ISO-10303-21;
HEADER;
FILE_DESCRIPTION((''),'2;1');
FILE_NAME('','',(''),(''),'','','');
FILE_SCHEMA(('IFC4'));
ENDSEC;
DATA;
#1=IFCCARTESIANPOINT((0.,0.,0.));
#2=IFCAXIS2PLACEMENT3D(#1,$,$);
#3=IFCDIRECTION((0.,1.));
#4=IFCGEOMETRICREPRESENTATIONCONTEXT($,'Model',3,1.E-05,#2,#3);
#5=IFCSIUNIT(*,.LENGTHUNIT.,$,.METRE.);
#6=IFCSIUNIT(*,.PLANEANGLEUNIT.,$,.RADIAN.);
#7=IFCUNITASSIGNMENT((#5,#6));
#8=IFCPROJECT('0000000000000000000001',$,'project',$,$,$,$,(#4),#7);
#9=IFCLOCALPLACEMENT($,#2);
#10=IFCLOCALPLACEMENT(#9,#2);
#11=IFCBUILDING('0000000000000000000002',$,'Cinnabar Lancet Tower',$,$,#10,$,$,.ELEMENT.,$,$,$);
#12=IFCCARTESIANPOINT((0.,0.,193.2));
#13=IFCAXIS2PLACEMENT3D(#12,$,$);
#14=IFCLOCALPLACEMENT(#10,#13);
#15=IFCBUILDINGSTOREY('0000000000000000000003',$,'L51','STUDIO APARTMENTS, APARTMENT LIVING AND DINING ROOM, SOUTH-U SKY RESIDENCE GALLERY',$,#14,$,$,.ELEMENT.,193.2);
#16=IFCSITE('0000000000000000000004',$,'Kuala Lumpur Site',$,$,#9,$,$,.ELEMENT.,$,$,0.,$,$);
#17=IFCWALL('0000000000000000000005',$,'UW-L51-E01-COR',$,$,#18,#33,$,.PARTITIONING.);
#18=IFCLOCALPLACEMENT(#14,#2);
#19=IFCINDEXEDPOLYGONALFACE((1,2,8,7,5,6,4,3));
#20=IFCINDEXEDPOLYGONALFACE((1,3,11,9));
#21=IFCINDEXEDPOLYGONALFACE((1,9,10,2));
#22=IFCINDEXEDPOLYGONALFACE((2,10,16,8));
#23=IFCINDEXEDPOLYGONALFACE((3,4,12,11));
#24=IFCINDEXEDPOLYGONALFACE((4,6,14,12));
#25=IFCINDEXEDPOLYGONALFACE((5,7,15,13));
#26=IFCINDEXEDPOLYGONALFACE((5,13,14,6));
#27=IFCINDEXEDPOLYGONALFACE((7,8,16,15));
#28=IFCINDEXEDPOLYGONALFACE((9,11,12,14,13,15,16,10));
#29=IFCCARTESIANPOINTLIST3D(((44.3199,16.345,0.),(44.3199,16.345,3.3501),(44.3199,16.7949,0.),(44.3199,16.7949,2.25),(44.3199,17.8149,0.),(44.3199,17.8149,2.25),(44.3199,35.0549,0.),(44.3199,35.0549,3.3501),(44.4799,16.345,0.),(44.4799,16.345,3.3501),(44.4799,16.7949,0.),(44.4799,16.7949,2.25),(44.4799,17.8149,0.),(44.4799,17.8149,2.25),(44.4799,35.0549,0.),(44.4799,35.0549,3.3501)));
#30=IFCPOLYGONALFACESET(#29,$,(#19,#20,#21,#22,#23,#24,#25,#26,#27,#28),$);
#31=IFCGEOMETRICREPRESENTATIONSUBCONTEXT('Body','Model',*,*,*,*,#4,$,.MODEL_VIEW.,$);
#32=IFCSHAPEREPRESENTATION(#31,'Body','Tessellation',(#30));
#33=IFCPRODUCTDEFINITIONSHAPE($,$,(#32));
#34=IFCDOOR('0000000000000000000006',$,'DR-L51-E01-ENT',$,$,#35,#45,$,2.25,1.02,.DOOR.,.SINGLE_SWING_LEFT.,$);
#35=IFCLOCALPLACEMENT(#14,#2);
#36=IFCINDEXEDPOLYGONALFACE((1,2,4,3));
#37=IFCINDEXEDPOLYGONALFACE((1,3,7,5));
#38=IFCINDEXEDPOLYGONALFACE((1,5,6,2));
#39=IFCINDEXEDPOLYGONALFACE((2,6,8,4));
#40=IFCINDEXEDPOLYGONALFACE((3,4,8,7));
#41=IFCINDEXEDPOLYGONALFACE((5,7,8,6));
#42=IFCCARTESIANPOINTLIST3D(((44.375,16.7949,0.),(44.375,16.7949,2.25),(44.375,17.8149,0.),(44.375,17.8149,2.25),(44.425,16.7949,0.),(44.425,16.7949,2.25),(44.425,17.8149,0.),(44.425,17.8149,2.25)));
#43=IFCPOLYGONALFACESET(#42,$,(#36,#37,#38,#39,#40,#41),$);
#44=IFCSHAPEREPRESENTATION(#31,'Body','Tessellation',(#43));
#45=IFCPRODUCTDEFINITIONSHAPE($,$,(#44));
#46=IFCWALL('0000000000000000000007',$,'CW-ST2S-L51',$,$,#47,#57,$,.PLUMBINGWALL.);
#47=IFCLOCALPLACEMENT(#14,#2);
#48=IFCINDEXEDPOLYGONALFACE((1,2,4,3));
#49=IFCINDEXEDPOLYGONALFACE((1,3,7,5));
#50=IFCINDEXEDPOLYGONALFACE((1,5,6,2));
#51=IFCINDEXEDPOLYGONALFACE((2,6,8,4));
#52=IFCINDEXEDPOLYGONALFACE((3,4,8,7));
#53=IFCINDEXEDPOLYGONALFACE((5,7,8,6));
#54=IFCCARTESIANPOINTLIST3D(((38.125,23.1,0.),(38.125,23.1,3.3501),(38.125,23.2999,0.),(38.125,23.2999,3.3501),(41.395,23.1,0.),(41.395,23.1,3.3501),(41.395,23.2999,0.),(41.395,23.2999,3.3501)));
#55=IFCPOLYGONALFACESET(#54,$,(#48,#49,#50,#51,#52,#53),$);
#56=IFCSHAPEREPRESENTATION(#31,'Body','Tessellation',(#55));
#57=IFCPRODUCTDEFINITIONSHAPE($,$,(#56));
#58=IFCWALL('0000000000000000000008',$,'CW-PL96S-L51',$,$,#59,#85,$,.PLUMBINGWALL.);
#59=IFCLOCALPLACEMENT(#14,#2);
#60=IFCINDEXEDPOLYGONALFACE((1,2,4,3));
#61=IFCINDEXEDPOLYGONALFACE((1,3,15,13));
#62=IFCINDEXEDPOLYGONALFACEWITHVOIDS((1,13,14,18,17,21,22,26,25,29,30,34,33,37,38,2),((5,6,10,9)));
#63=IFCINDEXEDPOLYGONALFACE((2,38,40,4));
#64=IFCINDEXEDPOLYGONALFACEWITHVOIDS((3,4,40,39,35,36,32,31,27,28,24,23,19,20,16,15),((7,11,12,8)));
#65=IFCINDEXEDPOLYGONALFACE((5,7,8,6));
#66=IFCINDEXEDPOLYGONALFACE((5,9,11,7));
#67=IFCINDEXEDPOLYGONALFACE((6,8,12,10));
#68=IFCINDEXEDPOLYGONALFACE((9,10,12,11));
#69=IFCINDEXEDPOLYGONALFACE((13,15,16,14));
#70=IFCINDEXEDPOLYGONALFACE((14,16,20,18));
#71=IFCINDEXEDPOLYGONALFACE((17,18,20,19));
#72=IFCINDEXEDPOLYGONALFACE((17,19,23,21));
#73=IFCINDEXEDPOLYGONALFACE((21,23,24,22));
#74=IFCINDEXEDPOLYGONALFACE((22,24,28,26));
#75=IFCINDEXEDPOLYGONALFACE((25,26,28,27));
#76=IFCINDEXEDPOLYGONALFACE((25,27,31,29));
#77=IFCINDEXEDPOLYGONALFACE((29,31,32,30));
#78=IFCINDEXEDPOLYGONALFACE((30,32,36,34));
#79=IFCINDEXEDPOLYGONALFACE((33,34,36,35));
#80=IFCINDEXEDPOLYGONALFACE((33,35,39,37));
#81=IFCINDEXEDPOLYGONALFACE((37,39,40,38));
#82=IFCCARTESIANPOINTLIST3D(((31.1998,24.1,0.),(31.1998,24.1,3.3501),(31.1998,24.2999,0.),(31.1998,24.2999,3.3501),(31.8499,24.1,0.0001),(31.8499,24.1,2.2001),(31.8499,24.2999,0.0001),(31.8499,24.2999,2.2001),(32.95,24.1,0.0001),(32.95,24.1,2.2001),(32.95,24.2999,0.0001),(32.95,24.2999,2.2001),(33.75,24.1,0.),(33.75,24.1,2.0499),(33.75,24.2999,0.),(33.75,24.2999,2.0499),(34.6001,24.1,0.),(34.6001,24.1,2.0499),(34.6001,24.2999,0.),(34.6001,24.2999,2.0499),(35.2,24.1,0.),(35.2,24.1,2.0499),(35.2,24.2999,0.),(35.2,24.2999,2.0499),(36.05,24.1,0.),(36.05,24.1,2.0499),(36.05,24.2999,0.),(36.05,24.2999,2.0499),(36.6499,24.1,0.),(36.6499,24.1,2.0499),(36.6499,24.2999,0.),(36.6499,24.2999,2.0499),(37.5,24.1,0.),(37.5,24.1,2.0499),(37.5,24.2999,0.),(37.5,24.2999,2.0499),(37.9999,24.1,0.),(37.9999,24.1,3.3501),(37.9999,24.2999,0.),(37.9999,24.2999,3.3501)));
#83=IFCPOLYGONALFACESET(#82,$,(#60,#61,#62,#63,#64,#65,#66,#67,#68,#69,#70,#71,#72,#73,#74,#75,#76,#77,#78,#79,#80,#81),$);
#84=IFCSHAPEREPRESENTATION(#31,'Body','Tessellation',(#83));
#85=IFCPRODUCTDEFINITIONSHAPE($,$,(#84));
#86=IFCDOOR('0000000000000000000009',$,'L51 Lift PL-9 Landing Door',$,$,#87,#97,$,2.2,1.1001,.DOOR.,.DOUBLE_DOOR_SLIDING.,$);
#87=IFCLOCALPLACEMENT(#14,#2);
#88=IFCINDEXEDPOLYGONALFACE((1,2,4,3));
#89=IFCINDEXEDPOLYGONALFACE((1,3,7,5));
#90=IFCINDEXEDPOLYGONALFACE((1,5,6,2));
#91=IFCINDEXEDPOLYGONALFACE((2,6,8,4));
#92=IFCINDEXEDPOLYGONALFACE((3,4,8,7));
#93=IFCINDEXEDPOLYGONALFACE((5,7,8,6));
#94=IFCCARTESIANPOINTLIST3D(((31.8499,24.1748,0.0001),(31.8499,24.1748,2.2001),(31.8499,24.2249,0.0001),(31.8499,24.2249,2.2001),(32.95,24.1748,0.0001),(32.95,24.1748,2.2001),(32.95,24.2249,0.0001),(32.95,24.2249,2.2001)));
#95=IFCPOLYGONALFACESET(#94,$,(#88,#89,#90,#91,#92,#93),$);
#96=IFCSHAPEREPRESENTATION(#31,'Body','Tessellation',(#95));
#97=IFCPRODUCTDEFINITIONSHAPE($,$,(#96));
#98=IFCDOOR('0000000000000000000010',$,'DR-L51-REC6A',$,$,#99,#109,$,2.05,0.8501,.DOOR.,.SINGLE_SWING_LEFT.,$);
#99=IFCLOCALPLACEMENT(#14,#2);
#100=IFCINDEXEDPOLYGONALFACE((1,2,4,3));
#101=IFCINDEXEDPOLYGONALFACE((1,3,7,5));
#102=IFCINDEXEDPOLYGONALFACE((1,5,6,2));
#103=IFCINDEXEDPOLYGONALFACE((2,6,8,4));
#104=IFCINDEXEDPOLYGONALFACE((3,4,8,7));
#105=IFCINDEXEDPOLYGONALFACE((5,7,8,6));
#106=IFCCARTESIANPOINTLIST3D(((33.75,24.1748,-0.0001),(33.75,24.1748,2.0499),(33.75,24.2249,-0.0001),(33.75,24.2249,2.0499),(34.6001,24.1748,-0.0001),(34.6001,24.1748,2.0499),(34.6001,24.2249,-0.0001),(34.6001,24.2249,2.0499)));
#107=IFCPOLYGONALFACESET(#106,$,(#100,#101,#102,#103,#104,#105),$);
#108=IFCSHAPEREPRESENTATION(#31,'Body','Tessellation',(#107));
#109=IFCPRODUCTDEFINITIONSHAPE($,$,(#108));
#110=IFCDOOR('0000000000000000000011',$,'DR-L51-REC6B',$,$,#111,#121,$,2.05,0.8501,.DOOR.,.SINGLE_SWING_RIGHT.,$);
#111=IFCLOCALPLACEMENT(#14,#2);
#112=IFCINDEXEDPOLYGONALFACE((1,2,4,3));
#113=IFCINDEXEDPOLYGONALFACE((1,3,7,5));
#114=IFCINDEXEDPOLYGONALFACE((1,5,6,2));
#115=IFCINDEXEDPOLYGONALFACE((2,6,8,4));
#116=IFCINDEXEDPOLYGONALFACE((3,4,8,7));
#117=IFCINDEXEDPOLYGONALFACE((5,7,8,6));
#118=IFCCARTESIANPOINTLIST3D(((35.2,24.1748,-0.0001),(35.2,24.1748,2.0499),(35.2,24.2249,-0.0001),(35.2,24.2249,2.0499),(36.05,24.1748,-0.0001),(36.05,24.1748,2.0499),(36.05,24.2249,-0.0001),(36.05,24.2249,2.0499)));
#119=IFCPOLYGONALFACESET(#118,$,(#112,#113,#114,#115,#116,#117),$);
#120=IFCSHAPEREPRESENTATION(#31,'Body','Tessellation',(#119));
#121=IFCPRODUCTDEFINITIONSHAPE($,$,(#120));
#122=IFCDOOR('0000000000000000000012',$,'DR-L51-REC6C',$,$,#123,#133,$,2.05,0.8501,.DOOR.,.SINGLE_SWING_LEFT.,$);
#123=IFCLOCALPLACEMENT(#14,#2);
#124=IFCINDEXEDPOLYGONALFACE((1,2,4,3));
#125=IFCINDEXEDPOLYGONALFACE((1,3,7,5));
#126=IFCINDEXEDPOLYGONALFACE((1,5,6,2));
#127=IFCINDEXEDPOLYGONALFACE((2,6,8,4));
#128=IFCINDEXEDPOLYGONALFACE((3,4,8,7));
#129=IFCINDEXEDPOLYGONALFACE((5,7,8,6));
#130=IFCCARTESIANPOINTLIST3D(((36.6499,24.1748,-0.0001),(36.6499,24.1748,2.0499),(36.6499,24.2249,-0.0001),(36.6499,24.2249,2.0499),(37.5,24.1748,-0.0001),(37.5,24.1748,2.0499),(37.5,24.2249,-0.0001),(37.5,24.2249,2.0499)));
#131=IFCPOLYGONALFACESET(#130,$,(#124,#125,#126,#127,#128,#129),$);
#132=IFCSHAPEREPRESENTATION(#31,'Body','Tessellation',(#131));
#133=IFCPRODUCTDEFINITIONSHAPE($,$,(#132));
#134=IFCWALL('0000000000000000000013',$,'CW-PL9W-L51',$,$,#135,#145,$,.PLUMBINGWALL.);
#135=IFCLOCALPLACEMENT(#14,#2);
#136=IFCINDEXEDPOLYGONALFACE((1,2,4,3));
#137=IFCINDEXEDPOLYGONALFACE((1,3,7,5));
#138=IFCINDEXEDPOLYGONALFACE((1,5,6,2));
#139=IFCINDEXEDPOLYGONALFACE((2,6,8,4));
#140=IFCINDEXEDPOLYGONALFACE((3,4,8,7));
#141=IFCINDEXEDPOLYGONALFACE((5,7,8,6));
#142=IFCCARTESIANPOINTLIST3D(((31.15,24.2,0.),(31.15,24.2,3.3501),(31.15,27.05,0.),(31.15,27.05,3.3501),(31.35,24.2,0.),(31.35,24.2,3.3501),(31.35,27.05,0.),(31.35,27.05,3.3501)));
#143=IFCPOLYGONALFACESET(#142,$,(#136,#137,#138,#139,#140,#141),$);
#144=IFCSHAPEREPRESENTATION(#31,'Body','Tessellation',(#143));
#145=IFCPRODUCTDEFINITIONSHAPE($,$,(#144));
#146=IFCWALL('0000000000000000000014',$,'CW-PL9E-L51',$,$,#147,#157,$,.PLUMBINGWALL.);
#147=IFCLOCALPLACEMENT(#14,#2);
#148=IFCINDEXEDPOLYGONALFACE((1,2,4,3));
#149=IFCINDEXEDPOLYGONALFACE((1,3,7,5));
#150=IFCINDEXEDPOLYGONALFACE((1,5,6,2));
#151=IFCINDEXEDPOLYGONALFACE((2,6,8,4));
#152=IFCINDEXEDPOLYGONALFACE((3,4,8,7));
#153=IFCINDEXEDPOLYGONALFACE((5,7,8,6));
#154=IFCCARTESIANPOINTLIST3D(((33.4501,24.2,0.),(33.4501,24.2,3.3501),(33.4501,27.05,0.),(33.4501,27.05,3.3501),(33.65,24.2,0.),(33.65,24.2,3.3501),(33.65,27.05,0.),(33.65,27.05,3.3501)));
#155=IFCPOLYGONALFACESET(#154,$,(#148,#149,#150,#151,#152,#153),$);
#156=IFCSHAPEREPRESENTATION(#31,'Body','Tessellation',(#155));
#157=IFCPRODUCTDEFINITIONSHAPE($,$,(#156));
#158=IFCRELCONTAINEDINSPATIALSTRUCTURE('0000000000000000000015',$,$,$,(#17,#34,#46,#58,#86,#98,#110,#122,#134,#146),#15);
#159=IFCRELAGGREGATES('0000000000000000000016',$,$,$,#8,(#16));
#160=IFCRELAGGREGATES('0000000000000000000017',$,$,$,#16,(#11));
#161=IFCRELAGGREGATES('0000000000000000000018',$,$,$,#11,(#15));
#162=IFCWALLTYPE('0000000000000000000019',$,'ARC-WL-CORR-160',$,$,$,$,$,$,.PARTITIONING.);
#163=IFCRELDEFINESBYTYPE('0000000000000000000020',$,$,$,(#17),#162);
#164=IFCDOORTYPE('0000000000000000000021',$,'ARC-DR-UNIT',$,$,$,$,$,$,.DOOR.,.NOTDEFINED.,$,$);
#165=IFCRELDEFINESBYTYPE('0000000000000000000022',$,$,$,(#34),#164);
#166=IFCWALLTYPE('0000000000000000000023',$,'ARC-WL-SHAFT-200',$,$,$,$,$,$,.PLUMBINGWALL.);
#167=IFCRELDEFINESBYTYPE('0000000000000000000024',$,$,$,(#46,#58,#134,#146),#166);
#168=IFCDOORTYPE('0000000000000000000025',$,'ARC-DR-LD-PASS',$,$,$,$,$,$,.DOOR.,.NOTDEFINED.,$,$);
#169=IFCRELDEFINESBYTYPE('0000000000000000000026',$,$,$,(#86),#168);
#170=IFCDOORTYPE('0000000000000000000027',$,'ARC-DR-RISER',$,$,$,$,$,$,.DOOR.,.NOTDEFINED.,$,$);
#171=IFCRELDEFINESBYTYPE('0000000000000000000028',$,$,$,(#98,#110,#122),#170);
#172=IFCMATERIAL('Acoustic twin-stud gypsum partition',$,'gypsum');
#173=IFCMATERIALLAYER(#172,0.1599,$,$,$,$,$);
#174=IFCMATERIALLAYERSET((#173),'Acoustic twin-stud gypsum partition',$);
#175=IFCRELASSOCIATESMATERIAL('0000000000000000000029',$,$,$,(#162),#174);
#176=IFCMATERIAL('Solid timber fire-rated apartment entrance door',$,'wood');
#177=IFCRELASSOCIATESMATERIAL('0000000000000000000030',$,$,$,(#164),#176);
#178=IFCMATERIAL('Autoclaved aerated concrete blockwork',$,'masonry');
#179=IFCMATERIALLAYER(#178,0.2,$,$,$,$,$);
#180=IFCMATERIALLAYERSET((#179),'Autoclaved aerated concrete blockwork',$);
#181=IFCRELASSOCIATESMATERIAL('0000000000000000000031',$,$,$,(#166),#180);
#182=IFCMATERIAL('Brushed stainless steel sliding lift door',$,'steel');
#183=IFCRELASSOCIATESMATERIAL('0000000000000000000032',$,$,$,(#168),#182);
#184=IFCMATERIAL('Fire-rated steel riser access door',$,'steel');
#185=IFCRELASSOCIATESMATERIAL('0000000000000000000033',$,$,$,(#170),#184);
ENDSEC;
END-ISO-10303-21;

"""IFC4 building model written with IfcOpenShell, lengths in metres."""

from ifc_helpers import new_model, si_unit, direction, frame, frame_2d, origin, place, context, subcontext, project, spatial, rectangle, extrude, material, layer, layer_set, type_object, element, fill, save


model = new_model("IFC4")

# Units and contexts
model_context = context("Model", 3, precision=1e-05, world=origin(), true_north=direction((0.0, 1.0)))
body_context = subcontext(model_context, "Body", "Model", "MODEL_VIEW")
ifc_project = project(units=[si_unit("LENGTHUNIT", "METRE"), si_unit("PLANEANGLEUNIT", "RADIAN")], contexts=[model_context])

# Site, building, storey
site_placement = place(None, origin())
site = spatial("IfcSite", under=ifc_project, at=site_placement, Name="Kuala Lumpur Site", CompositionType="ELEMENT", RefElevation=0.0)
building_placement = place(site_placement, origin())
building = spatial("IfcBuilding", under=site, at=building_placement, Name="Cinnabar Lancet Tower", CompositionType="ELEMENT")
storey_placement = place(building_placement, frame((0.0, 0.0, 193.2)))
storey = spatial("IfcBuildingStorey", under=building, at=storey_placement, Name="L51", Description="STUDIO APARTMENTS, APARTMENT LIVING AND DINING ROOM, SOUTH-U SKY RESIDENCE GALLERY", CompositionType="ELEMENT", Elevation=193.2)

# Shared definitions
ifc_material_1 = material(Name="Acoustic twin-stud gypsum partition", Category="gypsum")
ifc_layer_1 = layer(ifc_material_1, 0.1599)
ifc_layer_set_1 = layer_set([ifc_layer_1], Name="Acoustic twin-stud gypsum partition")
wall_type_1 = type_object("IfcWallType", Name="ARC-WL-CORR-160", PredefinedType="PARTITIONING", material=ifc_layer_set_1)

# Wall, opening, door
wall_1_placement = place(storey_placement, frame((44.3999, 16.345, 0.0), z_axis=(0.0, 0.0, 1.0), x_axis=(0.0, 1.0, 0.0)))
wall_1 = element("IfcWall", 1, at=wall_1_placement, inside=storey, type_object=wall_type_1, Name="UW-L51-E01-COR", PredefinedType="PARTITIONING", context=body_context, shape_type="SweptSolid", body=[
    extrude(rectangle(XDim=18.71, YDim=0.1599, at=frame_2d((9.355, 0.0))), origin(), (0.0, 0.0, 1.0), 3.3501),
])
opening_1_placement = place(wall_1_placement, frame((0.45, 0.0, 0.0)))
opening_1 = element("IfcOpeningElement", 2, at=opening_1_placement, cuts=wall_1, PredefinedType="OPENING", context=body_context, shape_type="SweptSolid", body=[
    extrude(rectangle(XDim=1.02, YDim=2.25, at=frame_2d((0.51, 1.125))), frame((0.0, 0.0898, 0.0), z_axis=(0.0, -1.0, 0.0), x_axis=(1.0, 0.0, 0.0)), (0.0, 0.0, 1.0), 0.1799),
])
ifc_material_2 = material(Name="Solid timber fire-rated apartment entrance door", Category="wood")
door_type_1 = type_object("IfcDoorType", Name="ARC-DR-UNIT", OperationType="NOTDEFINED", PredefinedType="DOOR", material=ifc_material_2)
door_1_placement = place(opening_1_placement, origin())
door_1 = element("IfcDoor", 3, at=door_1_placement, inside=storey, type_object=door_type_1, Name="DR-L51-E01-ENT", OperationType="SINGLE_SWING_LEFT", OverallHeight=2.25, OverallWidth=1.02, PredefinedType="DOOR", context=body_context, shape_type="SweptSolid", body=[
    extrude(rectangle(XDim=1.02, YDim=2.25, at=frame_2d((0.51, 1.125))), frame((0.0, 0.0249, 0.0), z_axis=(0.0, -1.0, 0.0), x_axis=(1.0, 0.0, 0.0)), (0.0, 0.0, 1.0), 0.05),
])
fill(opening_1, door_1)

# Wall
ifc_material_3 = material(Name="Autoclaved aerated concrete blockwork", Category="masonry")
ifc_layer_2 = layer(ifc_material_3, 0.2)
ifc_layer_set_2 = layer_set([ifc_layer_2], Name="Autoclaved aerated concrete blockwork")
wall_type_2 = type_object("IfcWallType", Name="ARC-WL-SHAFT-200", PredefinedType="PLUMBINGWALL", material=ifc_layer_set_2)
wall_2_placement = place(storey_placement, frame((38.125, 23.2, 0.0), z_axis=(0.0, 0.0, 1.0), x_axis=(1.0, 0.0, 0.0)))
element("IfcWall", 4, at=wall_2_placement, inside=storey, type_object=wall_type_2, Name="CW-ST2S-L51", PredefinedType="PLUMBINGWALL", context=body_context, shape_type="SweptSolid", body=[
    extrude(rectangle(XDim=3.27, YDim=0.2, at=frame_2d((1.635, 0.0))), origin(), (0.0, 0.0, 1.0), 3.3501),
])

# Wall, openings, doors
wall_3_placement = place(storey_placement, frame((31.2, 24.2, 0.0), z_axis=(0.0, 0.0, 1.0), x_axis=(1.0, 0.0, 0.0)))
wall_3 = element("IfcWall", 5, at=wall_3_placement, inside=storey, type_object=wall_type_2, Name="CW-PL96S-L51", PredefinedType="PLUMBINGWALL", context=body_context, shape_type="SweptSolid", body=[
    extrude(rectangle(XDim=6.8, YDim=0.2, at=frame_2d((3.3999, 0.0))), origin(), (0.0, 0.0, 1.0), 3.3501),
])
opening_2_placement = place(wall_3_placement, frame((0.6499, 0.0, 0.0)))
opening_2 = element("IfcOpeningElement", 6, at=opening_2_placement, cuts=wall_3, PredefinedType="OPENING", context=body_context, shape_type="SweptSolid", body=[
    extrude(rectangle(XDim=1.1001, YDim=2.2, at=frame_2d((0.55, 1.1001))), frame((0.0, 0.1099, 0.0), z_axis=(0.0, -1.0, 0.0), x_axis=(1.0, 0.0, 0.0)), (0.0, 0.0, 1.0), 0.22),
])
opening_3_placement = place(wall_3_placement, frame((2.55, 0.0, 0.0)))
opening_3 = element("IfcOpeningElement", 7, at=opening_3_placement, cuts=wall_3, PredefinedType="OPENING", context=body_context, shape_type="SweptSolid", body=[
    extrude(rectangle(XDim=0.8501, YDim=2.05, at=frame_2d((0.425, 1.0249))), frame((0.0, 0.1099, 0.0), z_axis=(0.0, -1.0, 0.0), x_axis=(1.0, 0.0, 0.0)), (0.0, 0.0, 1.0), 0.22),
])
opening_4_placement = place(wall_3_placement, frame((4.0, 0.0, 0.0)))
opening_4 = element("IfcOpeningElement", 8, at=opening_4_placement, cuts=wall_3, PredefinedType="OPENING", context=body_context, shape_type="SweptSolid", body=[
    extrude(rectangle(XDim=0.8501, YDim=2.05, at=frame_2d((0.425, 1.0249))), frame((0.0, 0.1099, 0.0), z_axis=(0.0, -1.0, 0.0), x_axis=(1.0, 0.0, 0.0)), (0.0, 0.0, 1.0), 0.22),
])
opening_5_placement = place(wall_3_placement, frame((5.45, 0.0, 0.0)))
opening_5 = element("IfcOpeningElement", 9, at=opening_5_placement, cuts=wall_3, PredefinedType="OPENING", context=body_context, shape_type="SweptSolid", body=[
    extrude(rectangle(XDim=0.8501, YDim=2.05, at=frame_2d((0.425, 1.0249))), frame((0.0, 0.1099, 0.0), z_axis=(0.0, -1.0, 0.0), x_axis=(1.0, 0.0, 0.0)), (0.0, 0.0, 1.0), 0.22),
])
ifc_material_4 = material(Name="Brushed stainless steel sliding lift door", Category="steel")
door_type_2 = type_object("IfcDoorType", Name="ARC-DR-LD-PASS", OperationType="NOTDEFINED", PredefinedType="DOOR", material=ifc_material_4)
door_2_placement = place(opening_2_placement, origin())
door_2 = element("IfcDoor", 10, at=door_2_placement, inside=storey, type_object=door_type_2, Name="L51 Lift PL-9 Landing Door", OperationType="DOUBLE_DOOR_SLIDING", OverallHeight=2.2, OverallWidth=1.1001, PredefinedType="DOOR", context=body_context, shape_type="SweptSolid", body=[
    extrude(rectangle(XDim=1.1001, YDim=2.2, at=frame_2d((0.55, 1.1001))), frame((0.0, 0.0249, 0.0), z_axis=(0.0, -1.0, 0.0), x_axis=(1.0, 0.0, 0.0)), (0.0, 0.0, 1.0), 0.05),
])
fill(opening_2, door_2)
ifc_material_5 = material(Name="Fire-rated steel riser access door", Category="steel")
door_type_3 = type_object("IfcDoorType", Name="ARC-DR-RISER", OperationType="NOTDEFINED", PredefinedType="DOOR", material=ifc_material_5)
door_3_placement = place(opening_3_placement, origin())
door_3 = element("IfcDoor", 11, at=door_3_placement, inside=storey, type_object=door_type_3, Name="DR-L51-REC6A", OperationType="SINGLE_SWING_LEFT", OverallHeight=2.05, OverallWidth=0.8501, PredefinedType="DOOR", context=body_context, shape_type="SweptSolid", body=[
    extrude(rectangle(XDim=0.8501, YDim=2.05, at=frame_2d((0.425, 1.0249))), frame((0.0, 0.0249, 0.0), z_axis=(0.0, -1.0, 0.0), x_axis=(1.0, 0.0, 0.0)), (0.0, 0.0, 1.0), 0.05),
])
fill(opening_3, door_3)
door_4_placement = place(opening_4_placement, origin())
door_4 = element("IfcDoor", 12, at=door_4_placement, inside=storey, type_object=door_type_3, Name="DR-L51-REC6B", OperationType="SINGLE_SWING_RIGHT", OverallHeight=2.05, OverallWidth=0.8501, PredefinedType="DOOR", context=body_context, shape_type="SweptSolid", body=[
    extrude(rectangle(XDim=0.8501, YDim=2.05, at=frame_2d((0.425, 1.0249))), frame((0.0, 0.0249, 0.0), z_axis=(0.0, -1.0, 0.0), x_axis=(1.0, 0.0, 0.0)), (0.0, 0.0, 1.0), 0.05),
])
fill(opening_4, door_4)
door_5_placement = place(opening_5_placement, origin())
door_5 = element("IfcDoor", 13, at=door_5_placement, inside=storey, type_object=door_type_3, Name="DR-L51-REC6C", OperationType="SINGLE_SWING_LEFT", OverallHeight=2.05, OverallWidth=0.8501, PredefinedType="DOOR", context=body_context, shape_type="SweptSolid", body=[
    extrude(rectangle(XDim=0.8501, YDim=2.05, at=frame_2d((0.425, 1.0249))), frame((0.0, 0.0249, 0.0), z_axis=(0.0, -1.0, 0.0), x_axis=(1.0, 0.0, 0.0)), (0.0, 0.0, 1.0), 0.05),
])
fill(opening_5, door_5)

# Walls
for number, where, z_axis, x_axis, name in (
    (14, (31.25, 24.2, 0.0), (0.0, 0.0, 1.0), (0.0, 1.0, 0.0), "CW-PL9W-L51"),
    (15, (33.55, 24.2, 0.0), (0.0, 0.0, 1.0), (0.0, 1.0, 0.0), "CW-PL9E-L51"),
):
    element("IfcWall", number, at=place(storey_placement, frame(where, z_axis=z_axis, x_axis=x_axis)), inside=storey, type_object=wall_type_2, Name=name, PredefinedType="PLUMBINGWALL", context=body_context, shape_type="SweptSolid", body=[
        extrude(rectangle(XDim=2.8501, YDim=0.2, at=frame_2d((1.425, 0.0))), origin(), (0.0, 0.0, 1.0), 3.3501),
    ])

save(model, "model.ifc")
